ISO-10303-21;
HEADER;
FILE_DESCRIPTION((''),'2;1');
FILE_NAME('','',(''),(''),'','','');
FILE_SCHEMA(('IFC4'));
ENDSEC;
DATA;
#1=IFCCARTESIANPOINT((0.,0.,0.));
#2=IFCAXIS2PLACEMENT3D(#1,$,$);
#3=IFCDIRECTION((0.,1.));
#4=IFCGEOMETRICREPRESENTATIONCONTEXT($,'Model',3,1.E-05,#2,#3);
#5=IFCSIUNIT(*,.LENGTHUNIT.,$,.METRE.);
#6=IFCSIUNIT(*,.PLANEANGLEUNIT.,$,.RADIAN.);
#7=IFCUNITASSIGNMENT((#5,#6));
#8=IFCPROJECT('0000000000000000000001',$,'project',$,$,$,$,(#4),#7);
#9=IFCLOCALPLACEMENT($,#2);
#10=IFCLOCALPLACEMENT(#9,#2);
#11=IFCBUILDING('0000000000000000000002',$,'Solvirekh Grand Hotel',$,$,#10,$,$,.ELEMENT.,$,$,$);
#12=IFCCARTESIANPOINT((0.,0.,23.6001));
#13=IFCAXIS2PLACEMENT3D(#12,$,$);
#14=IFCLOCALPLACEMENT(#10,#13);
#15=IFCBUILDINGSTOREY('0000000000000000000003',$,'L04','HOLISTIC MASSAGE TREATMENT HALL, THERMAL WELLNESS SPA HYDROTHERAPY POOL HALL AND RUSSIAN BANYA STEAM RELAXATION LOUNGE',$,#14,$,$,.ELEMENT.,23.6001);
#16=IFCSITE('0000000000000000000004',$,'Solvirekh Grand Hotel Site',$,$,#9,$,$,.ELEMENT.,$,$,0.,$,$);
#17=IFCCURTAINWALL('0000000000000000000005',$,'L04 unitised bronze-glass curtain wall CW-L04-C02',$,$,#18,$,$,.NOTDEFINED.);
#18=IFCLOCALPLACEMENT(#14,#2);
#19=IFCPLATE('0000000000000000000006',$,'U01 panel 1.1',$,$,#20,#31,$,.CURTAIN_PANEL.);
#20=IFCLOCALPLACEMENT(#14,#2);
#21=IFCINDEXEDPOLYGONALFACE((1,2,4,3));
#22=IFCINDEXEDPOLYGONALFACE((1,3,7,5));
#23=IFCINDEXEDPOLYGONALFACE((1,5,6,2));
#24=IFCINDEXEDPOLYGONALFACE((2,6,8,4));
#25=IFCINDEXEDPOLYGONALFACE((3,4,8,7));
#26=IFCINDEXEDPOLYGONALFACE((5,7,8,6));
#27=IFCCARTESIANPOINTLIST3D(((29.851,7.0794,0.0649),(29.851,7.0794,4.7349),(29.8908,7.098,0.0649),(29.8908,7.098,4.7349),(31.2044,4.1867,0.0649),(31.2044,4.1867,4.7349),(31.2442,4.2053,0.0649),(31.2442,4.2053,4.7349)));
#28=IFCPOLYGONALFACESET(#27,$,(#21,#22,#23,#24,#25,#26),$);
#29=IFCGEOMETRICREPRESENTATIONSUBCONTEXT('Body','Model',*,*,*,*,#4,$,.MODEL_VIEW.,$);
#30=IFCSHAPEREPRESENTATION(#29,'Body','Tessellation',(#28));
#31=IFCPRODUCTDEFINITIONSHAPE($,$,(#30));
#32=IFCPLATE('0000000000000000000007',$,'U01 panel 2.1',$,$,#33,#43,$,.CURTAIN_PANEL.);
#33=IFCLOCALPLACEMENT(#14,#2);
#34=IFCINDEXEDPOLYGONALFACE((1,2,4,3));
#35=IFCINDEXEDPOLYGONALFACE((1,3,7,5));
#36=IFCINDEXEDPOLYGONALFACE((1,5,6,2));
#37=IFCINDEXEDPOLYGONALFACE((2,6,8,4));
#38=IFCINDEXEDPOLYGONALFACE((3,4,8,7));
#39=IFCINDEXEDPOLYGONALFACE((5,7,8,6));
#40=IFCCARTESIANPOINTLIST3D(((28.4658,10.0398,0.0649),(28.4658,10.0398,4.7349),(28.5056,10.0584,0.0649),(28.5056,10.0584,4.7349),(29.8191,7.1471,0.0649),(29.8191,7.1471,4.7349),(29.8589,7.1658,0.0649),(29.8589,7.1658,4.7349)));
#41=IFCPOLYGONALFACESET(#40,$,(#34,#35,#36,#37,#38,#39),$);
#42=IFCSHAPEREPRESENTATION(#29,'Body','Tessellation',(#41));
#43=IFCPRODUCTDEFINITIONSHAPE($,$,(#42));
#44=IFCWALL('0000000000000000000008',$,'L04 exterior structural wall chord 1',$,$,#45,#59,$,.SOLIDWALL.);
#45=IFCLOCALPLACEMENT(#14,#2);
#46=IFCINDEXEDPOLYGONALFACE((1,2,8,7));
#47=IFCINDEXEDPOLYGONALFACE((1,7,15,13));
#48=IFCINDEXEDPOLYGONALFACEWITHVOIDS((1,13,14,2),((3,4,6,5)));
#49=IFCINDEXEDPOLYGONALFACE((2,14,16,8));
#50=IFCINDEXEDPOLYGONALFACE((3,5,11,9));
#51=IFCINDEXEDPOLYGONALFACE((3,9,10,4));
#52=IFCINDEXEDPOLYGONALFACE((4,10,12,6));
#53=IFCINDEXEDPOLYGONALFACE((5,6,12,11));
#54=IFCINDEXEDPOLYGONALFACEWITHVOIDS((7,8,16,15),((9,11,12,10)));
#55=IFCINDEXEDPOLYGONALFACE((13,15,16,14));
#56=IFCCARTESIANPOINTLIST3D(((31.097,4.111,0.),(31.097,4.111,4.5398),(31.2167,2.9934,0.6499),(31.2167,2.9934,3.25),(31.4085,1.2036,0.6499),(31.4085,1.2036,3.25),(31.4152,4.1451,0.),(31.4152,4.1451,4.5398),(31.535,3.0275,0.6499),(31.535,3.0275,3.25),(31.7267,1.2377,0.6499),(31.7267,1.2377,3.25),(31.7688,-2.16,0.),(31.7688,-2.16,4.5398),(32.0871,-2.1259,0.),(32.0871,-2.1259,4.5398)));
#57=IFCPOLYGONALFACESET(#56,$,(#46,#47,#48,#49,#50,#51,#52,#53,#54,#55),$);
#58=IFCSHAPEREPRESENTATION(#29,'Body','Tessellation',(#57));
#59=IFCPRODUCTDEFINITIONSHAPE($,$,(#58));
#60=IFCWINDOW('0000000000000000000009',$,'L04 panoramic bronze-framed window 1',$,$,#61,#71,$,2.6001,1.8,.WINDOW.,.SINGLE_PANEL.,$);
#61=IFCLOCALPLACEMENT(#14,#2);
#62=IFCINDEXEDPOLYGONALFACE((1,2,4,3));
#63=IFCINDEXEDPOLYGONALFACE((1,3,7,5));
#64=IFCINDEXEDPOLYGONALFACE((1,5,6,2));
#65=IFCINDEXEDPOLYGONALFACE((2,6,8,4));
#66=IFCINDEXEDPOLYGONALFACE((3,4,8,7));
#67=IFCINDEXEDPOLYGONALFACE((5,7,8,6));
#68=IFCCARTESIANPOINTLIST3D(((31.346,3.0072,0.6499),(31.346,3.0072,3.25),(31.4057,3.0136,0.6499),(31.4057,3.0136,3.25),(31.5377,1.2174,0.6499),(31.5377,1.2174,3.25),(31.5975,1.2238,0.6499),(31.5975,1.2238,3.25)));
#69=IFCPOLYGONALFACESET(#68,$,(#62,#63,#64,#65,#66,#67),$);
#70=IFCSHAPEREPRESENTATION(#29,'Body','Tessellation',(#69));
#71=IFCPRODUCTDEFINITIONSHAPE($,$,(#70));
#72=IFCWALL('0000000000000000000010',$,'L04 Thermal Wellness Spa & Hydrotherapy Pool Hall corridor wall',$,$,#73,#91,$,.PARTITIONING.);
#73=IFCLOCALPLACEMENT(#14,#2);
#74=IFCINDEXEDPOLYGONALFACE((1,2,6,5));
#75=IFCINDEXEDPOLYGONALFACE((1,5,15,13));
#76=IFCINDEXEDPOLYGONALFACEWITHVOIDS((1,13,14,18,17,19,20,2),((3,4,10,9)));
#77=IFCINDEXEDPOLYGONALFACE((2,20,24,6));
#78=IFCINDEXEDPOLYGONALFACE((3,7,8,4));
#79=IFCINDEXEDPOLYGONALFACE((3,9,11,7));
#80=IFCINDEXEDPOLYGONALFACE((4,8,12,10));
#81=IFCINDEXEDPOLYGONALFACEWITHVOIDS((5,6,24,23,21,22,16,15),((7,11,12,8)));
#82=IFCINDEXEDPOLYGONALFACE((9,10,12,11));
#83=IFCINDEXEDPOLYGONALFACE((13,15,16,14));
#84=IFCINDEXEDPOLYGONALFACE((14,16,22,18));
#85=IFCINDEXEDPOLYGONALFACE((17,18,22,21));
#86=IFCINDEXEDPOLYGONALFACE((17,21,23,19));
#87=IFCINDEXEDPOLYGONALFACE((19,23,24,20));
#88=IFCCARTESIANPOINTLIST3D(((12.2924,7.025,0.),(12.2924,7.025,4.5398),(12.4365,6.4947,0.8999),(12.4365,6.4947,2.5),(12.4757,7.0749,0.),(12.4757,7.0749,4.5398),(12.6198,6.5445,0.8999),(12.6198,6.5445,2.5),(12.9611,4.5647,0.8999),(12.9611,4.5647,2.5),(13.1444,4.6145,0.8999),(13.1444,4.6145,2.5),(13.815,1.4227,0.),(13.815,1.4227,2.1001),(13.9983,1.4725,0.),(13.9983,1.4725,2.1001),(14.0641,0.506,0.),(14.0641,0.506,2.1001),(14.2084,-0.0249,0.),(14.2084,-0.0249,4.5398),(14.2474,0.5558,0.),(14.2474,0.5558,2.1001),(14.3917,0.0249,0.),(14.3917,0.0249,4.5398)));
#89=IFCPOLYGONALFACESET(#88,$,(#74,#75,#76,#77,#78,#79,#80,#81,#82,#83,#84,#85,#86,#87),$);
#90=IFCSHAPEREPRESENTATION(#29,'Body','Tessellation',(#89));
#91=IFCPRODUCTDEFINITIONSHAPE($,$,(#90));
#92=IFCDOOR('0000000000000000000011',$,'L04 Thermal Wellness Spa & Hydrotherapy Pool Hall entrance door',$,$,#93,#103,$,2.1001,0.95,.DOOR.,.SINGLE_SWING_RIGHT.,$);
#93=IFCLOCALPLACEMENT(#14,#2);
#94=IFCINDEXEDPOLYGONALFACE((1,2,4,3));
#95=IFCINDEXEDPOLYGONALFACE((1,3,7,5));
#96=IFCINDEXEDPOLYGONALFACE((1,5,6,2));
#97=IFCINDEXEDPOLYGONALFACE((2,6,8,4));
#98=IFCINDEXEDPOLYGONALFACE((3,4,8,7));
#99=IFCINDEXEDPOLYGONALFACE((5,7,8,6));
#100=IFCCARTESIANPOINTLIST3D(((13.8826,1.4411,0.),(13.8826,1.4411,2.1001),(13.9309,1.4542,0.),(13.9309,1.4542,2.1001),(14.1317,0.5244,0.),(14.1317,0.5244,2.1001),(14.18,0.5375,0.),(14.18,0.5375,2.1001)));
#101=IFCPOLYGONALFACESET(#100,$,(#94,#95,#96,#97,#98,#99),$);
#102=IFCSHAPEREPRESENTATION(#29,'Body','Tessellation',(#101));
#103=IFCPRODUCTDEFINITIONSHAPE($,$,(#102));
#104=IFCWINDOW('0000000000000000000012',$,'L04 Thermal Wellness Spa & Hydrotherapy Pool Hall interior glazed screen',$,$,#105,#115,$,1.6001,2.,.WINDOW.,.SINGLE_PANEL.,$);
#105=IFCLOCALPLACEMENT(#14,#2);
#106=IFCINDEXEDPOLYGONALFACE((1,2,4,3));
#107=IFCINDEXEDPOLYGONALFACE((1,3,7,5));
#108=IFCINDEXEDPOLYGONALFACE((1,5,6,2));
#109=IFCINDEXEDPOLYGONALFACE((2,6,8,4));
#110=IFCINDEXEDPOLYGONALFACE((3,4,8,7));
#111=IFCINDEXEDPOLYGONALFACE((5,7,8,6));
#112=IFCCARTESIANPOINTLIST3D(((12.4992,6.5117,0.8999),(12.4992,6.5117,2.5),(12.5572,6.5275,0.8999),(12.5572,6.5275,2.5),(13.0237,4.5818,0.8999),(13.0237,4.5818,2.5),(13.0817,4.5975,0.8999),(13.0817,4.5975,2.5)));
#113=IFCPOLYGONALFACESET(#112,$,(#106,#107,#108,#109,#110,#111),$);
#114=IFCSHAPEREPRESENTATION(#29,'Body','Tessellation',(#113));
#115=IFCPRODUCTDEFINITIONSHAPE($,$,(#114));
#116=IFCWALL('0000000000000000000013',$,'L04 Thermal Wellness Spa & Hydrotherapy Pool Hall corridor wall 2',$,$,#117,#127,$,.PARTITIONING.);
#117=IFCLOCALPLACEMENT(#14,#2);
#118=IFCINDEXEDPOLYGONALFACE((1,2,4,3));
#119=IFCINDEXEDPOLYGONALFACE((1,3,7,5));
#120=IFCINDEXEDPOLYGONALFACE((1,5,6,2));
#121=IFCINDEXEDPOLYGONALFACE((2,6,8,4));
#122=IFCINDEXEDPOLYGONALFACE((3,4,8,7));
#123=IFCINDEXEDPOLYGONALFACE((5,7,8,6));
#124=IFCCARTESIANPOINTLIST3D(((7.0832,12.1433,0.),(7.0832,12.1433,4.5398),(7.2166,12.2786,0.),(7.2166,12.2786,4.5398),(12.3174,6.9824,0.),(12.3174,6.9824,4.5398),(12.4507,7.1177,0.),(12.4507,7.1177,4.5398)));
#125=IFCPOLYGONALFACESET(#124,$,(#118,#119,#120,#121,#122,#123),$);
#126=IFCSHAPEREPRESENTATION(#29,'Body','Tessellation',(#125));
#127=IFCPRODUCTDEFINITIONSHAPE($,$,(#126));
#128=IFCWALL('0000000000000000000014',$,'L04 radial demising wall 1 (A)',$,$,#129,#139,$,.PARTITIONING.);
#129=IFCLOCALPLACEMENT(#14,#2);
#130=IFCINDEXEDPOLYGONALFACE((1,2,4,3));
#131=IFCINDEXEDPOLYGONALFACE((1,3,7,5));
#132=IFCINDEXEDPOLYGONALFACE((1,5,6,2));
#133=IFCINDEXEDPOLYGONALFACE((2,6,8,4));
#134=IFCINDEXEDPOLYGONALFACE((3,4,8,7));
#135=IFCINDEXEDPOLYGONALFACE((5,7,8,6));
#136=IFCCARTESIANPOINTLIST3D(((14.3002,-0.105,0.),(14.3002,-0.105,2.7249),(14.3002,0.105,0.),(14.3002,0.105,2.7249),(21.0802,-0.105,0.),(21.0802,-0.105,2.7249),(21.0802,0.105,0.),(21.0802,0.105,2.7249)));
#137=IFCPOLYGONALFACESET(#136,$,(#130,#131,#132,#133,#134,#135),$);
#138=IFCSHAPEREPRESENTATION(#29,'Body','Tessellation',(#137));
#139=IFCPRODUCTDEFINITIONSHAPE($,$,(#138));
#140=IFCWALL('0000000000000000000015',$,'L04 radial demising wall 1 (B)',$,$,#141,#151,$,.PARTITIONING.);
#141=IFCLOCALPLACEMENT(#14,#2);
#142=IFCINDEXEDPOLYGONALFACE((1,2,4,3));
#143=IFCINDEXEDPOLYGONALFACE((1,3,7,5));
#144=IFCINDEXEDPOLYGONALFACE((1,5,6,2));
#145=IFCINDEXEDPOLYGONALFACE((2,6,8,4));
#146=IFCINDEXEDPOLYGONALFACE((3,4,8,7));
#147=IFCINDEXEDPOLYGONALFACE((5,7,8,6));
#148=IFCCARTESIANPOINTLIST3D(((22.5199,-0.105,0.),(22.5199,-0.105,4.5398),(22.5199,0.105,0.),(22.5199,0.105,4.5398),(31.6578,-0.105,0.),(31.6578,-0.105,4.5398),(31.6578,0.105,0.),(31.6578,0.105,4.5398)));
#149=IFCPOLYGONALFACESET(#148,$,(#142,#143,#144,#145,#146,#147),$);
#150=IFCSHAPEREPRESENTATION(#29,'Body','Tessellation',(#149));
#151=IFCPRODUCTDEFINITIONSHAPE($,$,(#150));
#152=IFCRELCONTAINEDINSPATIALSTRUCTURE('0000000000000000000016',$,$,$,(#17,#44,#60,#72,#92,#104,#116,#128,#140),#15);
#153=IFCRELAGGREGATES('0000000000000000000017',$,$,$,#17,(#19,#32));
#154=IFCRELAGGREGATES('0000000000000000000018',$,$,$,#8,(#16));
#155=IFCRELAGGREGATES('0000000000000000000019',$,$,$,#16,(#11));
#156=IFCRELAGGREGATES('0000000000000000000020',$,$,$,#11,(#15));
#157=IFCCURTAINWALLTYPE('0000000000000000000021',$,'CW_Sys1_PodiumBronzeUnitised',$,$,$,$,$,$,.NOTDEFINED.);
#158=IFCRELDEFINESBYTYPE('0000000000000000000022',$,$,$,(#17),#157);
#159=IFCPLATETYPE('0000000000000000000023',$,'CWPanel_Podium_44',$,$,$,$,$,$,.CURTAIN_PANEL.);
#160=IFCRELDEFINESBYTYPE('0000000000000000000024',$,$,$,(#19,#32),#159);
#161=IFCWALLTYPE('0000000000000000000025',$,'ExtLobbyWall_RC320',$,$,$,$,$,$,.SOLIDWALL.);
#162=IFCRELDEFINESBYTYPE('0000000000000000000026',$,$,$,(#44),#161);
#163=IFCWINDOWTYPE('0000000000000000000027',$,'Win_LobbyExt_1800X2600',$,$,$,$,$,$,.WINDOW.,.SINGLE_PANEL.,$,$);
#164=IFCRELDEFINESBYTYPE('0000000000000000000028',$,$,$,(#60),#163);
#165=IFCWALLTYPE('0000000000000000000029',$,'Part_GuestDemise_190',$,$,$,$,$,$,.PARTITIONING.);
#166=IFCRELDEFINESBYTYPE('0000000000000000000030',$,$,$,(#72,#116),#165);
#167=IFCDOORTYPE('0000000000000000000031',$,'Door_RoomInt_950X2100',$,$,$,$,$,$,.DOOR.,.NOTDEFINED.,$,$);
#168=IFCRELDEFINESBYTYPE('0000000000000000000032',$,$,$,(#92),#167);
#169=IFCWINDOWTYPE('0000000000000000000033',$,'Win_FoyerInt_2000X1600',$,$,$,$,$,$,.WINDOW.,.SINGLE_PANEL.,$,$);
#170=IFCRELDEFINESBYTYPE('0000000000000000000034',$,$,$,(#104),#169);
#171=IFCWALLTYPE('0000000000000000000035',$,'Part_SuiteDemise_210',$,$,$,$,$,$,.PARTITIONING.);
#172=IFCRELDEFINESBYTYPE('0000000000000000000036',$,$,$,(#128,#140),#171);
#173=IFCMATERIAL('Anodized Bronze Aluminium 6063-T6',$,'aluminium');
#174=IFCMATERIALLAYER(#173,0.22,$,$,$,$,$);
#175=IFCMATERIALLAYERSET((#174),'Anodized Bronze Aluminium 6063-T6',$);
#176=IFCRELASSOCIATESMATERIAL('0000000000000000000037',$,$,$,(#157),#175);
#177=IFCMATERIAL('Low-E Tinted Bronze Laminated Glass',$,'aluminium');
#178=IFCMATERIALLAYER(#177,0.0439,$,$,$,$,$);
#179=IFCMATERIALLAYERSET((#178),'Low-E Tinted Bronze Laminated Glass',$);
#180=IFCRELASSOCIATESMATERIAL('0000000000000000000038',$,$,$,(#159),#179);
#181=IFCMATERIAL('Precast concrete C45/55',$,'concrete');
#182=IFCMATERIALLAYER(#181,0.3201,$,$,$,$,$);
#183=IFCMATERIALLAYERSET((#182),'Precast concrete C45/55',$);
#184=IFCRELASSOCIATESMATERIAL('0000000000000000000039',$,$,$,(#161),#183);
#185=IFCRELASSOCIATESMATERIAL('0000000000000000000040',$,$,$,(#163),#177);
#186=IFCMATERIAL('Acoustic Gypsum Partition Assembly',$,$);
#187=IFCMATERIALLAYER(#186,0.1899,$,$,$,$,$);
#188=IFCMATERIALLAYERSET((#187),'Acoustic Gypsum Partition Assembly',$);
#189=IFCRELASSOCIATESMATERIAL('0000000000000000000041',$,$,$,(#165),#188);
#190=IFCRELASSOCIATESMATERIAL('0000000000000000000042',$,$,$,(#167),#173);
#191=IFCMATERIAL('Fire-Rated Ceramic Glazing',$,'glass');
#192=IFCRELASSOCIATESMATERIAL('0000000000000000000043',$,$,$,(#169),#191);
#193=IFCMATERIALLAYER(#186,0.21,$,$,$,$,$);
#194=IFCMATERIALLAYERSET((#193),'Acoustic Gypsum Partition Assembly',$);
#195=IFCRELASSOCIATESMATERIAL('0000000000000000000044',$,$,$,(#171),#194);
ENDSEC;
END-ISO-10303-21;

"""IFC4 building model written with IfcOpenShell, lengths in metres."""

from ifc_helpers import new_model, si_unit, direction, frame, frame_2d, origin, origin_2d, place, context, subcontext, project, spatial, rectangle, extrude, source, transform, mapped, material, layer, layer_set, type_object, element, fill, aggregate, save


model = new_model("IFC4")

# Units and contexts
model_context = context("Model", 3, precision=1e-05, world=origin(), true_north=direction((0.0, 1.0)))
body_context = subcontext(model_context, "Body", "Model", "MODEL_VIEW")
ifc_project = project(units=[si_unit("LENGTHUNIT", "METRE"), si_unit("PLANEANGLEUNIT", "RADIAN")], contexts=[model_context])

# Site, building, storey
site_placement = place(None, origin())
site = spatial("IfcSite", under=ifc_project, at=site_placement, Name="Solvirekh Grand Hotel Site", CompositionType="ELEMENT", RefElevation=0.0)
building_placement = place(site_placement, origin())
building = spatial("IfcBuilding", under=site, at=building_placement, Name="Solvirekh Grand Hotel", CompositionType="ELEMENT")
storey_placement = place(building_placement, frame((0.0, 0.0, 23.6001)))
storey = spatial("IfcBuildingStorey", under=building, at=storey_placement, Name="L04", Description="HOLISTIC MASSAGE TREATMENT HALL, THERMAL WELLNESS SPA HYDROTHERAPY POOL HALL AND RUSSIAN BANYA STEAM RELAXATION LOUNGE", CompositionType="ELEMENT", Elevation=23.6001)

# Curtain wall
ifc_material_1 = material(Name="Anodized Bronze Aluminium 6063-T6", Category="aluminium")
ifc_layer_1 = layer(ifc_material_1, 0.22)
ifc_layer_set_1 = layer_set([ifc_layer_1], Name="Anodized Bronze Aluminium 6063-T6")
curtain_wall_type = type_object("IfcCurtainWallType", Name="CW_Sys1_PodiumBronzeUnitised", PredefinedType="NOTDEFINED", material=ifc_layer_set_1)
curtain_wall_1_placement = place(storey_placement, origin())
curtain_wall_1 = element("IfcCurtainWall", 1, at=curtain_wall_1_placement, inside=storey, type_object=curtain_wall_type, Name="L04 unitised bronze-glass curtain wall CW-L04-C02", PredefinedType="NOTDEFINED")

# Plates
ifc_material_2 = material(Name="Low-E Tinted Bronze Laminated Glass", Category="aluminium")
ifc_layer_2 = layer(ifc_material_2, 0.0439)
ifc_layer_set_2 = layer_set([ifc_layer_2], Name="Low-E Tinted Bronze Laminated Glass")
plate_type = type_object("IfcPlateType", Name="CWPanel_Podium_44", PredefinedType="CURTAIN_PANEL", material=ifc_layer_set_2)
shared_shape_1 = source(origin(), body_context, "Body", "SweptSolid", [
    extrude(rectangle(XDim=3.1936, YDim=0.0439, at=origin_2d()), origin(), (0.0, 0.0, 1.0), 4.6699),
])
plate_1_placement = place(storey_placement, frame((30.5476, 5.6423, 0.0649), z_axis=(0.0, 0.0, 1.0), x_axis=(-0.423771, 0.905769, 0.0)))
plate_1 = element("IfcPlate", 2, at=plate_1_placement, type_object=plate_type, Name="U01 panel 1.1", PredefinedType="CURTAIN_PANEL", context=body_context, shape_type="MappedRepresentation", body=[
    mapped(shared_shape_1, transform((0.0, 0.0, 0.0), x_axis=(1.0, 0.0, 0.0), y_axis=(0.0, 1.0, 0.0), z_axis=(0.0, 0.0, 1.0), scale=1.0)),
])
plate_2_placement = place(storey_placement, frame((29.1624, 8.6028, 0.0649), z_axis=(0.0, 0.0, 1.0), x_axis=(-0.423771, 0.905769, 0.0)))
plate_2 = element("IfcPlate", 3, at=plate_2_placement, type_object=plate_type, Name="U01 panel 2.1", PredefinedType="CURTAIN_PANEL", context=body_context, shape_type="MappedRepresentation", body=[
    mapped(shared_shape_1, transform((0.0, 0.0, 0.0), x_axis=(1.0, 0.0, 0.0), y_axis=(0.0, 1.0, 0.0), z_axis=(0.0, 0.0, 1.0), scale=1.0)),
])
aggregate(curtain_wall_1, [plate_1, plate_2])

# Wall, opening, window
ifc_material_3 = material(Name="Precast concrete C45/55", Category="concrete")
ifc_layer_3 = layer(ifc_material_3, 0.3201)
ifc_layer_set_3 = layer_set([ifc_layer_3], Name="Precast concrete C45/55")
wall_type_1 = type_object("IfcWallType", Name="ExtLobbyWall_RC320", PredefinedType="SOLIDWALL", material=ifc_layer_set_3)
wall_1_placement = place(storey_placement, frame((31.2561, 4.1279, 0.0), z_axis=(0.0, 0.0, 1.0), x_axis=(0.10653, -0.994309, 0.0)))
wall_1 = element("IfcWall", 4, at=wall_1_placement, inside=storey, type_object=wall_type_1, Name="L04 exterior structural wall chord 1", PredefinedType="SOLIDWALL", context=body_context, shape_type="SweptSolid", body=[
    extrude(rectangle(XDim=6.3069, YDim=0.3201, at=frame_2d((3.1533, 0.0))), origin(), (0.0, 0.0, 1.0), 4.5398),
])
opening_1_placement = place(wall_1_placement, frame((1.124, 0.0, 0.6499)))
opening_1 = element("IfcOpeningElement", 5, at=opening_1_placement, cuts=wall_1, PredefinedType="OPENING", context=body_context, shape_type="SweptSolid", body=[
    extrude(rectangle(XDim=1.8, YDim=2.6001, at=frame_2d((0.8999, 1.3))), frame((0.0, 0.1699, 0.0), z_axis=(0.0, -1.0, 0.0), x_axis=(1.0, 0.0, 0.0)), (0.0, 0.0, 1.0), 0.3401),
])
window_type_1 = type_object("IfcWindowType", Name="Win_LobbyExt_1800X2600", PartitioningType="SINGLE_PANEL", PredefinedType="WINDOW", material=ifc_material_2)
window_1_placement = place(opening_1_placement, origin())
window_1 = element("IfcWindow", 6, at=window_1_placement, inside=storey, type_object=window_type_1, Name="L04 panoramic bronze-framed window 1", OverallHeight=2.6001, OverallWidth=1.8, PartitioningType="SINGLE_PANEL", PredefinedType="WINDOW", context=body_context, shape_type="SweptSolid", body=[
    extrude(rectangle(XDim=1.8, YDim=2.6001, at=frame_2d((0.8999, 1.3))), frame((0.0, 0.03, 0.0), z_axis=(0.0, -1.0, 0.0), x_axis=(1.0, 0.0, 0.0)), (0.0, 0.0, 1.0), 0.0601),
])
fill(opening_1, window_1)

# Wall, openings, door, window
ifc_material_4 = material(Name="Acoustic Gypsum Partition Assembly")
ifc_layer_4 = layer(ifc_material_4, 0.1899)
ifc_layer_set_4 = layer_set([ifc_layer_4], Name="Acoustic Gypsum Partition Assembly")
wall_type_2 = type_object("IfcWallType", Name="Part_GuestDemise_190", PredefinedType="PARTITIONING", material=ifc_layer_set_4)
wall_2_placement = place(storey_placement, frame((14.3, 0.0, 0.0), z_axis=(0.0, 0.0, 1.0), x_axis=(-0.262261, 0.964997, 0.0)))
wall_2 = element("IfcWall", 7, at=wall_2_placement, inside=storey, type_object=wall_type_2, Name="L04 Thermal Wellness Spa & Hydrotherapy Pool Hall corridor wall", PredefinedType="PARTITIONING", context=body_context, shape_type="SweptSolid", body=[
    extrude(rectangle(XDim=7.3057, YDim=0.1899, at=frame_2d((3.6528, 0.0))), origin(), (0.0, 0.0, 1.0), 4.5398),
])
opening_2_placement = place(wall_2_placement, frame((0.55, 0.0, 0.0)))
opening_2 = element("IfcOpeningElement", 8, at=opening_2_placement, cuts=wall_2, PredefinedType="OPENING", context=body_context, shape_type="SweptSolid", body=[
    extrude(rectangle(XDim=0.95, YDim=2.1001, at=frame_2d((0.4751, 1.05))), frame((0.0, 0.105, 0.0), z_axis=(0.0, -1.0, 0.0), x_axis=(1.0, 0.0, 0.0)), (0.0, 0.0, 1.0), 0.21),
])
opening_3_placement = place(wall_2_placement, frame((4.7561, 0.0, 0.8999)))
opening_3 = element("IfcOpeningElement", 9, at=opening_3_placement, cuts=wall_2, PredefinedType="OPENING", context=body_context, shape_type="SweptSolid", body=[
    extrude(rectangle(XDim=2.0, YDim=1.6001, at=frame_2d((1.0, 0.8))), frame((0.0, 0.105, 0.0), z_axis=(0.0, -1.0, 0.0), x_axis=(1.0, 0.0, 0.0)), (0.0, 0.0, 1.0), 0.21),
])
door_type = type_object("IfcDoorType", Name="Door_RoomInt_950X2100", OperationType="NOTDEFINED", PredefinedType="DOOR", material=ifc_material_1)
door_placement = place(opening_2_placement, origin())
door = element("IfcDoor", 10, at=door_placement, inside=storey, type_object=door_type, Name="L04 Thermal Wellness Spa & Hydrotherapy Pool Hall entrance door", OperationType="SINGLE_SWING_RIGHT", OverallHeight=2.1001, OverallWidth=0.95, PredefinedType="DOOR", context=body_context, shape_type="SweptSolid", body=[
    extrude(rectangle(XDim=0.95, YDim=2.1001, at=frame_2d((0.4751, 1.05))), frame((0.0, 0.0249, 0.0), z_axis=(0.0, -1.0, 0.0), x_axis=(1.0, 0.0, 0.0)), (0.0, 0.0, 1.0), 0.05),
])
fill(opening_2, door)
ifc_material_5 = material(Name="Fire-Rated Ceramic Glazing", Category="glass")
window_type_2 = type_object("IfcWindowType", Name="Win_FoyerInt_2000X1600", PartitioningType="SINGLE_PANEL", PredefinedType="WINDOW", material=ifc_material_5)
window_2_placement = place(opening_3_placement, origin())
window_2 = element("IfcWindow", 11, at=window_2_placement, inside=storey, type_object=window_type_2, Name="L04 Thermal Wellness Spa & Hydrotherapy Pool Hall interior glazed screen", OverallHeight=1.6001, OverallWidth=2.0, PartitioningType="SINGLE_PANEL", PredefinedType="WINDOW", context=body_context, shape_type="SweptSolid", body=[
    extrude(rectangle(XDim=2.0, YDim=1.6001, at=frame_2d((1.0, 0.8))), frame((0.0, 0.03, 0.0), z_axis=(0.0, -1.0, 0.0), x_axis=(1.0, 0.0, 0.0)), (0.0, 0.0, 1.0), 0.0601),
])
fill(opening_3, window_2)

# Walls
wall_3_placement = place(storey_placement, frame((12.384, 7.05, 0.0), z_axis=(0.0, 0.0, 1.0), x_axis=(-0.712071, 0.702107, 0.0)))
element("IfcWall", 12, at=wall_3_placement, inside=storey, type_object=wall_type_2, Name="L04 Thermal Wellness Spa & Hydrotherapy Pool Hall corridor wall 2", PredefinedType="PARTITIONING", context=body_context, shape_type="SweptSolid", body=[
    extrude(rectangle(XDim=7.3506, YDim=0.1899, at=frame_2d((3.6753, 0.0))), origin(), (0.0, 0.0, 1.0), 4.5398),
])
ifc_layer_5 = layer(ifc_material_4, 0.21)
ifc_layer_set_5 = layer_set([ifc_layer_5], Name="Acoustic Gypsum Partition Assembly")
wall_type_3 = type_object("IfcWallType", Name="Part_SuiteDemise_210", PredefinedType="PARTITIONING", material=ifc_layer_set_5)
wall_4_placement = place(storey_placement, frame((14.3, 0.0, 0.0), z_axis=(0.0, 0.0, 1.0), x_axis=(1.0, 0.0, 0.0)))
element("IfcWall", 13, at=wall_4_placement, inside=storey, type_object=wall_type_3, Name="L04 radial demising wall 1 (A)", PredefinedType="PARTITIONING", context=body_context, shape_type="SweptSolid", body=[
    extrude(rectangle(XDim=6.78, YDim=0.21, at=frame_2d((3.3901, 0.0))), origin(), (0.0, 0.0, 1.0), 2.7249),
])
wall_5_placement = place(storey_placement, frame((22.52, 0.0, 0.0), z_axis=(0.0, 0.0, 1.0), x_axis=(1.0, 0.0, 0.0)))
element("IfcWall", 14, at=wall_5_placement, inside=storey, type_object=wall_type_3, Name="L04 radial demising wall 1 (B)", PredefinedType="PARTITIONING", context=body_context, shape_type="SweptSolid", body=[
    extrude(rectangle(XDim=9.1379, YDim=0.21, at=frame_2d((4.5688, 0.0))), origin(), (0.0, 0.0, 1.0), 4.5398),
])

save(model, "model.ifc")
